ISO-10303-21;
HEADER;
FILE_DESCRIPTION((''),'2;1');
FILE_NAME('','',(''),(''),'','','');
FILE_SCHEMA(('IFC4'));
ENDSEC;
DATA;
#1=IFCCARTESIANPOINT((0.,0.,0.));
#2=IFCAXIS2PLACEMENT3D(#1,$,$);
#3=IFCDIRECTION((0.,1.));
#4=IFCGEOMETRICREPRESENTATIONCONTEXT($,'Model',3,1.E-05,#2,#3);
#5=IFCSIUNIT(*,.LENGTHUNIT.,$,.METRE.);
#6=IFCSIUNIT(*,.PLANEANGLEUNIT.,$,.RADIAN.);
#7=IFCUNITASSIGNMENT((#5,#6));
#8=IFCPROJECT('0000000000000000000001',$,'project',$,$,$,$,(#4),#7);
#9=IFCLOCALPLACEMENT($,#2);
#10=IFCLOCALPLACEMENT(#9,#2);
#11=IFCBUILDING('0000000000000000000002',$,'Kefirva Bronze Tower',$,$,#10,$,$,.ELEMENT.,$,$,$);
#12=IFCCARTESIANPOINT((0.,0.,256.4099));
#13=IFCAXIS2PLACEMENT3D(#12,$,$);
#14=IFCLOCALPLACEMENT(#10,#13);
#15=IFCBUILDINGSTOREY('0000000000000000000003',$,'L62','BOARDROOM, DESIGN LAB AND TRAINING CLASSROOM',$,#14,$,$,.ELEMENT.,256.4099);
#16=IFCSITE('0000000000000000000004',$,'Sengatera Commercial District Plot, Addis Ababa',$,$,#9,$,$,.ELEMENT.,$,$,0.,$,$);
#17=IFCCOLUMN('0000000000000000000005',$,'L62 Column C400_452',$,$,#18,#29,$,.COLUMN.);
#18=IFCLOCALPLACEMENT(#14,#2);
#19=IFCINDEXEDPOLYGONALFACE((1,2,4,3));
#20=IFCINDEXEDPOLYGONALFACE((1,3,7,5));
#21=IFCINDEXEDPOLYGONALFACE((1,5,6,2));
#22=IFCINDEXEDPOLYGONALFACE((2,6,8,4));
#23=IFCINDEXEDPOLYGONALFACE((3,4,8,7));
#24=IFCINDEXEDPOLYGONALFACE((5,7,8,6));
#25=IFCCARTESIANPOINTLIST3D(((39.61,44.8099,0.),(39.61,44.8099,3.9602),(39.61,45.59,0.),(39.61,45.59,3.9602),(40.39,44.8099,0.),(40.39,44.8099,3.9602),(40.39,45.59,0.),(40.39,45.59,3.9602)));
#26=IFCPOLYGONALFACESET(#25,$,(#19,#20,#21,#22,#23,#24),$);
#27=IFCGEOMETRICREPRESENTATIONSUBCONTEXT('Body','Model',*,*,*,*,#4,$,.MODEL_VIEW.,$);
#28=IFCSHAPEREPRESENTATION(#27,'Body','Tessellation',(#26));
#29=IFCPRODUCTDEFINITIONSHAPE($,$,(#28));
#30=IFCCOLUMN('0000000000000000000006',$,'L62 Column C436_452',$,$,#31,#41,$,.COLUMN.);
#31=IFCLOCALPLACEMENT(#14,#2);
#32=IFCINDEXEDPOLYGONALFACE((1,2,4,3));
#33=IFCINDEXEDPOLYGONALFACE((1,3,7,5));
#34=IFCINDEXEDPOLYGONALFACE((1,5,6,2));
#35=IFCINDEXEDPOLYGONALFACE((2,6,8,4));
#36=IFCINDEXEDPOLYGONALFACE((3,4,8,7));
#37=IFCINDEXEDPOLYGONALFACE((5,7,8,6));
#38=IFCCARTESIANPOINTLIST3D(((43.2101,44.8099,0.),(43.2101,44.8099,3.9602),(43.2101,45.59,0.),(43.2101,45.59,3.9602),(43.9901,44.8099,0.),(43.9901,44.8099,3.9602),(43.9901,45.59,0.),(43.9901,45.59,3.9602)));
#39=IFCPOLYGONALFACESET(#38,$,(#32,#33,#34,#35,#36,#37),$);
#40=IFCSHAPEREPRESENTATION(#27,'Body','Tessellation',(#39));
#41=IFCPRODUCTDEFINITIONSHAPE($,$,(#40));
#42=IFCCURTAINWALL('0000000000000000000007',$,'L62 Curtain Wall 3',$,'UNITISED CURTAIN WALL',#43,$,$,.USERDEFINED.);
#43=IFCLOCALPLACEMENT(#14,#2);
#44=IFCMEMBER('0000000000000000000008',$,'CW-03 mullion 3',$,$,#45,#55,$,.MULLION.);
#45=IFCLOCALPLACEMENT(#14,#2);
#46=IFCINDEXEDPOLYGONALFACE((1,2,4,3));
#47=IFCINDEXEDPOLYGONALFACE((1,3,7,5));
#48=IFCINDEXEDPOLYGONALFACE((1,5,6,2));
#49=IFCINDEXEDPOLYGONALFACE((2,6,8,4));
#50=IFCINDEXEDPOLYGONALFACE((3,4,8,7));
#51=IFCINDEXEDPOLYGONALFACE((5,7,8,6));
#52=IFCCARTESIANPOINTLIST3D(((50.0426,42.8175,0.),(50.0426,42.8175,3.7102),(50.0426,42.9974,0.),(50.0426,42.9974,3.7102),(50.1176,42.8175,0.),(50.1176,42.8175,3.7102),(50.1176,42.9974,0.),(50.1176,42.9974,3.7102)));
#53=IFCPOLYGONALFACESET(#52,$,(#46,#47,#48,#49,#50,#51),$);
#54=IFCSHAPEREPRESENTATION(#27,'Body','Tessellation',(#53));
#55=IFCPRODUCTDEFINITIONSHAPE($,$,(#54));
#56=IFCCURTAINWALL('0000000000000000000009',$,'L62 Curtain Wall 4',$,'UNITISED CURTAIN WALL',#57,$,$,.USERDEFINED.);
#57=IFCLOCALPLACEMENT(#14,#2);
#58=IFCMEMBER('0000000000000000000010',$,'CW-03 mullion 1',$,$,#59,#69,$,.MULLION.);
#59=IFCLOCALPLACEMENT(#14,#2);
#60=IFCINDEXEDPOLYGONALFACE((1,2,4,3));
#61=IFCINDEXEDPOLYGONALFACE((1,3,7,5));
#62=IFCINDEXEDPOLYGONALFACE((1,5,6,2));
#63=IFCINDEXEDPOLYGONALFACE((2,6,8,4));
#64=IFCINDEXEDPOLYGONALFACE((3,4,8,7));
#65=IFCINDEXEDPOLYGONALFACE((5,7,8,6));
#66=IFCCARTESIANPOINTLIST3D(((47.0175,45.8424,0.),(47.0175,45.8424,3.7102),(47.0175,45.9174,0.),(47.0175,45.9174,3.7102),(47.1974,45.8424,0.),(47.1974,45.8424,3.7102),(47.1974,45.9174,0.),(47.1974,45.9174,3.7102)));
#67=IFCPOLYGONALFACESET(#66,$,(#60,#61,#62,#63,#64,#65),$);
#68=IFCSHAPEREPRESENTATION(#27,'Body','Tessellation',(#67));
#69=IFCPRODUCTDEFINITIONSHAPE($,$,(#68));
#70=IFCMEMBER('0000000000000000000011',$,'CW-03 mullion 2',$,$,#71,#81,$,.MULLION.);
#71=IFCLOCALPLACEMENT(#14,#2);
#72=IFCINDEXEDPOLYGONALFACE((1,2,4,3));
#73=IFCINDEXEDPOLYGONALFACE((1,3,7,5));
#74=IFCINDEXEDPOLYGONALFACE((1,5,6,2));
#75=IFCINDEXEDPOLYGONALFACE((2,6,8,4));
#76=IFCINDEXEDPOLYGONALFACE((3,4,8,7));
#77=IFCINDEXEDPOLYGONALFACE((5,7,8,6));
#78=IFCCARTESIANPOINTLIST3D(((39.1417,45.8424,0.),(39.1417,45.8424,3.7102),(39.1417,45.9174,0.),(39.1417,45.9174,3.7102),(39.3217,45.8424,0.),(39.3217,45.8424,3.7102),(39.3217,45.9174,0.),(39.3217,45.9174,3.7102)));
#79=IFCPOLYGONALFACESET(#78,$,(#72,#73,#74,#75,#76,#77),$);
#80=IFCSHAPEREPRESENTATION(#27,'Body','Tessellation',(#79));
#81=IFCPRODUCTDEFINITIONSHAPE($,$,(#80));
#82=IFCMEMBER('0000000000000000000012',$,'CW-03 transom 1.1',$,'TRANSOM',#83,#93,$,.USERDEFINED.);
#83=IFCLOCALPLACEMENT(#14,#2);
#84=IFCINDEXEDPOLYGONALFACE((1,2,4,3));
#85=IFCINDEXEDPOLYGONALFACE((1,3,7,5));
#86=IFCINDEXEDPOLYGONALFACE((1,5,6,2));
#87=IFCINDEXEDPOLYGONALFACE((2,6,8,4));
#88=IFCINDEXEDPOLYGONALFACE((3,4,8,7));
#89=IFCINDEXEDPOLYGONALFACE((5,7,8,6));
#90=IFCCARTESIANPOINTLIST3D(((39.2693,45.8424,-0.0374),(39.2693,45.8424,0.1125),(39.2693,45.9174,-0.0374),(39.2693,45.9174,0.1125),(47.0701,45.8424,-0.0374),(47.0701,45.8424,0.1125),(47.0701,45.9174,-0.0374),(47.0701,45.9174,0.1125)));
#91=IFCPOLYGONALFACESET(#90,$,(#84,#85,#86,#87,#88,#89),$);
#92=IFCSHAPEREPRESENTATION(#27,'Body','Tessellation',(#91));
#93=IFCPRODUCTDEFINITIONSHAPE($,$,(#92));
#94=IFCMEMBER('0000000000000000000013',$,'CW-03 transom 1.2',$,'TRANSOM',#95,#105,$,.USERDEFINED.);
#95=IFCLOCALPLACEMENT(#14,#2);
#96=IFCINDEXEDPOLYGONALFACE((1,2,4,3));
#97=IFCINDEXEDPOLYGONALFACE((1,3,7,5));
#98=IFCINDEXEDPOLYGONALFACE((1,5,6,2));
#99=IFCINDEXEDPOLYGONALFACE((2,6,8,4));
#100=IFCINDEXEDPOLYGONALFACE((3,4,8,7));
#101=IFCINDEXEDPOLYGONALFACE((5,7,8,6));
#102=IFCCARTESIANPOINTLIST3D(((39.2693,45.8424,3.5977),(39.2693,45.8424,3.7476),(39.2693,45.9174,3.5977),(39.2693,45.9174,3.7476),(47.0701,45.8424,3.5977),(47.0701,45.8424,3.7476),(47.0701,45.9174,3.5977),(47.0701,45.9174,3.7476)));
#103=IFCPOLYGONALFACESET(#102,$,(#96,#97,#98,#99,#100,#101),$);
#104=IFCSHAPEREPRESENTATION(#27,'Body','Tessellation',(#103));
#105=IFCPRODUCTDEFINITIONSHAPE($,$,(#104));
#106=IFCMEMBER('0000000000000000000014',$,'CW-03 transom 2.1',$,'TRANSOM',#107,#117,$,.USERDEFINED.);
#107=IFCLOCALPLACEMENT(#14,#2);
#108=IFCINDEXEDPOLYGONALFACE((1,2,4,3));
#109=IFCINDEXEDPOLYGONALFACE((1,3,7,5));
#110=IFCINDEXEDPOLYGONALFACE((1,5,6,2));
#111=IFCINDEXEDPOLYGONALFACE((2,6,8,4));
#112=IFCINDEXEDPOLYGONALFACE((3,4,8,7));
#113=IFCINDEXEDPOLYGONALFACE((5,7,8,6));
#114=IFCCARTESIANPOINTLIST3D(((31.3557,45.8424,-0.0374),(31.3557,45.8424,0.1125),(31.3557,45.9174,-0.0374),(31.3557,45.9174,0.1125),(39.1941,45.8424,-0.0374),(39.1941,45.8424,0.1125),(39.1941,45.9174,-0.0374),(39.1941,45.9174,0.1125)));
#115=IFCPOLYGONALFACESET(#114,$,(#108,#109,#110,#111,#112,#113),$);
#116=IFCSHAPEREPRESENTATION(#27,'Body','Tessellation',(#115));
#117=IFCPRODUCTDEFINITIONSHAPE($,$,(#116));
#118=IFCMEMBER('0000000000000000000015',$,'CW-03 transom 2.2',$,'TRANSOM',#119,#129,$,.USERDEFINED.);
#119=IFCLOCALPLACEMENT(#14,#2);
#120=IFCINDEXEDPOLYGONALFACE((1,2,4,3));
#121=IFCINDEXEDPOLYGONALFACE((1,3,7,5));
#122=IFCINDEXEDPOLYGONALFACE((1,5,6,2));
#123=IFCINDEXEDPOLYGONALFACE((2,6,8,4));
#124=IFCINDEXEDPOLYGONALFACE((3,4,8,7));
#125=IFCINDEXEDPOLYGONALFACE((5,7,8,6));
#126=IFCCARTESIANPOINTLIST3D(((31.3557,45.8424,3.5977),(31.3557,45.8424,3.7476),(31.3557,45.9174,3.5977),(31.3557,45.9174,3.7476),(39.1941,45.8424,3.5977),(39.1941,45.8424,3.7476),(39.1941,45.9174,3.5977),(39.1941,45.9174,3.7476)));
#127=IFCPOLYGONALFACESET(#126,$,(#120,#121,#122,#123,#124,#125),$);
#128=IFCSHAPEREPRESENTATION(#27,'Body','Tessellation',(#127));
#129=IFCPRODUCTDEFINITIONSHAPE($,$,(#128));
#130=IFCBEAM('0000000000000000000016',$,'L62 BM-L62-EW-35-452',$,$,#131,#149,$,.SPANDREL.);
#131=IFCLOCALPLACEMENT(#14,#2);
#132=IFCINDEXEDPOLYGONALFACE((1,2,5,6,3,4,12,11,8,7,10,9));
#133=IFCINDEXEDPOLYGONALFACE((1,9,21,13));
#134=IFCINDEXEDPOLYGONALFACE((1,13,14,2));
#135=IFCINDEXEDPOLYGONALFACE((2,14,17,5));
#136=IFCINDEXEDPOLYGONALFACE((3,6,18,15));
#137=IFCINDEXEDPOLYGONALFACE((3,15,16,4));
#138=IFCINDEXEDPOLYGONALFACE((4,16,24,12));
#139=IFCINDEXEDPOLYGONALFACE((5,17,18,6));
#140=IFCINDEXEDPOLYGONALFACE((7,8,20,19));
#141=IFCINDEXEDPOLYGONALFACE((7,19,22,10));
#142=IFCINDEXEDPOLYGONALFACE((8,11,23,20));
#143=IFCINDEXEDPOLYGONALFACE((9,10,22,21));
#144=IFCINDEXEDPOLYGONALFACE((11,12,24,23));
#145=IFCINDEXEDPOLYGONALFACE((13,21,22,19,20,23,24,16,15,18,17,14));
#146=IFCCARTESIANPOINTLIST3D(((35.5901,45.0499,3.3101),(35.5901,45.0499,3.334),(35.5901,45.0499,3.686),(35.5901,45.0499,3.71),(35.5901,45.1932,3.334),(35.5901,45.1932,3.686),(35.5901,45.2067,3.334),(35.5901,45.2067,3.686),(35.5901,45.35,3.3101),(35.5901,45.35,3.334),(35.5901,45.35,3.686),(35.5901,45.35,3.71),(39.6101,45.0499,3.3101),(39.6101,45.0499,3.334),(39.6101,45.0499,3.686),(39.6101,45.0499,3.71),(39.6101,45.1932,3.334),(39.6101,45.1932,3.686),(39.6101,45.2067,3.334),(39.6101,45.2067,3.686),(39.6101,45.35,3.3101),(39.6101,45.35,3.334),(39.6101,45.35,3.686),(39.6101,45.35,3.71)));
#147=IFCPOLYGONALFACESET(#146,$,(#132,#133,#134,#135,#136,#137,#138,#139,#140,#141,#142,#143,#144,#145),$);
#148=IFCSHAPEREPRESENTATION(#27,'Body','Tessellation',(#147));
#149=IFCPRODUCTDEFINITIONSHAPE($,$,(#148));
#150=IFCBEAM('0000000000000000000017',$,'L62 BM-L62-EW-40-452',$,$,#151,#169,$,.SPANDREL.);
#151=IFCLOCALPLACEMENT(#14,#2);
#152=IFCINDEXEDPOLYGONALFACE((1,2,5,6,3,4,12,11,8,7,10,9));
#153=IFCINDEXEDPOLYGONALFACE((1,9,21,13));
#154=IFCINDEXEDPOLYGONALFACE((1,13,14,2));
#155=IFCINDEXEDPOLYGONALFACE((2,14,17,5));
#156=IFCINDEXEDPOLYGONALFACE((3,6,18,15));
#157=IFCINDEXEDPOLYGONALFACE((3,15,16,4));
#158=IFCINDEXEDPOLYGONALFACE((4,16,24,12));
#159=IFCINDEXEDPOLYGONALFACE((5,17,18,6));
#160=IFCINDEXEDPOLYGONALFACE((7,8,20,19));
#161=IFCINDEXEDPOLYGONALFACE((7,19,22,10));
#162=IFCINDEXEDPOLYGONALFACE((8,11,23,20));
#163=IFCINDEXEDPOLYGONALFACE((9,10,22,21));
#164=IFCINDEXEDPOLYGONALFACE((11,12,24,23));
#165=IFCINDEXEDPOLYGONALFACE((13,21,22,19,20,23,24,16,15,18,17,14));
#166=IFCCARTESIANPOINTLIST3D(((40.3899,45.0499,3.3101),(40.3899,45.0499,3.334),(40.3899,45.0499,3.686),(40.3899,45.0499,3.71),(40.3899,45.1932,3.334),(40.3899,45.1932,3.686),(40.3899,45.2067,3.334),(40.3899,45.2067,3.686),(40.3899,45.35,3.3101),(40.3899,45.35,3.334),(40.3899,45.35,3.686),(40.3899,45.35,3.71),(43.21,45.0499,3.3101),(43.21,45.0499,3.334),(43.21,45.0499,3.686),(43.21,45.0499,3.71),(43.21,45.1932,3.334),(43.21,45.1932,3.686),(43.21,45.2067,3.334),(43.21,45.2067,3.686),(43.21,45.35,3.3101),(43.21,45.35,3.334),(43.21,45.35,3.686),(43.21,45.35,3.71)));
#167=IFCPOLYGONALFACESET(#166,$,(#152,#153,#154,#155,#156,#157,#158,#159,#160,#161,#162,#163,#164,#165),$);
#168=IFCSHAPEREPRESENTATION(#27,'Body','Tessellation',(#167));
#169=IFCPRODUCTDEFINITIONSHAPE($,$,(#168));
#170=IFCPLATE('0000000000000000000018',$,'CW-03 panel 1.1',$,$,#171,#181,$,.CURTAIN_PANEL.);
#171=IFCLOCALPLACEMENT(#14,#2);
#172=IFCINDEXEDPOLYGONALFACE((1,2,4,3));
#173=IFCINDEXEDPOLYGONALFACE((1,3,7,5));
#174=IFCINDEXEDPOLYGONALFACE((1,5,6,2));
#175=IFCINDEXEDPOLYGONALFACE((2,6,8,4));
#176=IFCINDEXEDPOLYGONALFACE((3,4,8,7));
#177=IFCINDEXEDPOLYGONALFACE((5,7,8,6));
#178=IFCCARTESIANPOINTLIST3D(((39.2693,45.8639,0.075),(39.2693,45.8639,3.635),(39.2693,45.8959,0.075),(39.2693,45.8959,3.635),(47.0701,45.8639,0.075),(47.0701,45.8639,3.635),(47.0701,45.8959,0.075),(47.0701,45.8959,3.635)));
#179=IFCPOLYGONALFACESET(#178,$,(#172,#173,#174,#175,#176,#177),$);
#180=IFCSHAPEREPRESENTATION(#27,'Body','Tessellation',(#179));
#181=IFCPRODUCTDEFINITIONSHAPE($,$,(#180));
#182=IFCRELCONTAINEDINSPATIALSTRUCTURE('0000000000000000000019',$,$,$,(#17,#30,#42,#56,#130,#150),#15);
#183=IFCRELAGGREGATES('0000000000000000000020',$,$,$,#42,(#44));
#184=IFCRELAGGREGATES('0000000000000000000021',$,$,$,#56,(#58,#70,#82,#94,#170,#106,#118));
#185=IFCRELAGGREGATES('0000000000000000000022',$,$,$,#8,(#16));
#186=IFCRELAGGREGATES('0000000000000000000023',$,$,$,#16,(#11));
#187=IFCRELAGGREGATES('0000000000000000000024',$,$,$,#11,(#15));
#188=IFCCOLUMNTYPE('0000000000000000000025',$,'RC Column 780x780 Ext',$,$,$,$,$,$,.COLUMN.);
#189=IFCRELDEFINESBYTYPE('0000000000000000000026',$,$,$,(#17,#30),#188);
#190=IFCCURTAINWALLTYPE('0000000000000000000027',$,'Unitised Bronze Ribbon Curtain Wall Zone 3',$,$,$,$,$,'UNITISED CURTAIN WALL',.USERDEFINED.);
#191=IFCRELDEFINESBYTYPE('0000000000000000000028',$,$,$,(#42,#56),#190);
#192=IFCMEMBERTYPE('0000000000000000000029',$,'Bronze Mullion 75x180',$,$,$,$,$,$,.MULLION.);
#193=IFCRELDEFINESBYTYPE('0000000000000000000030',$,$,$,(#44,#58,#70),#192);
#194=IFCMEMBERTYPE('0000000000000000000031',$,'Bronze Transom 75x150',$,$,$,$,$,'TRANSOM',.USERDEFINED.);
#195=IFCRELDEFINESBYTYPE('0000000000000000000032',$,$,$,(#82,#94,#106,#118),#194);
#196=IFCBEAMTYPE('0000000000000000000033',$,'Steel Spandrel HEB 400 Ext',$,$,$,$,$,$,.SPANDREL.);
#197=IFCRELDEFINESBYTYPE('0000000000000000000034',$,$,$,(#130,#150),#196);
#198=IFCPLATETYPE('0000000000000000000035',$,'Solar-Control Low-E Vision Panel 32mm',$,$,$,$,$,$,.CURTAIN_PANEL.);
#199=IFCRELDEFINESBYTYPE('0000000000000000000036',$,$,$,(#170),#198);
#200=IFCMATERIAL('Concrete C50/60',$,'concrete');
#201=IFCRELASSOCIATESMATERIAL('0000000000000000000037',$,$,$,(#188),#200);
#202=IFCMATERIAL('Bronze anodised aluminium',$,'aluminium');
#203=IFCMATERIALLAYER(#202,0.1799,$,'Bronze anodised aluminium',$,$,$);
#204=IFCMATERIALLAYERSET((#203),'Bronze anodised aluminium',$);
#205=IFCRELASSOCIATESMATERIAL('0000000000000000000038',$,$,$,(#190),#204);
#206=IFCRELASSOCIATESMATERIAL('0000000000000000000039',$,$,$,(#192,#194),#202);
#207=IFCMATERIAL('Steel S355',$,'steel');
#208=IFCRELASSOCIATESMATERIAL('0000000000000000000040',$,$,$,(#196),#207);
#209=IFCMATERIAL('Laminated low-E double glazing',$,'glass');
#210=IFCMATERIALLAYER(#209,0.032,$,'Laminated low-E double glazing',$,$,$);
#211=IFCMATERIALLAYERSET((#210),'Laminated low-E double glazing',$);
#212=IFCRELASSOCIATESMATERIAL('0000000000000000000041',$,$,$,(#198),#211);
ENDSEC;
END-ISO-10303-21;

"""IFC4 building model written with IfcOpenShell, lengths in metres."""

from ifc_helpers import new_model, si_unit, direction, frame, origin, origin_2d, place, context, subcontext, project, spatial, rectangle, i_section, extrude, material, layer, layer_set, material_profile, profile_set, type_object, element, aggregate, save


model = new_model("IFC4")

# Units and contexts
model_context = context("Model", 3, precision=1e-05, world=origin(), true_north=direction((0.0, 1.0)))
body_context = subcontext(model_context, "Body", "Model", "MODEL_VIEW")
ifc_project = project(units=[si_unit("LENGTHUNIT", "METRE"), si_unit("PLANEANGLEUNIT", "RADIAN")], contexts=[model_context])

# Site, building, storey
site_placement = place(None, origin())
site = spatial("IfcSite", under=ifc_project, at=site_placement, Name="Sengatera Commercial District Plot, Addis Ababa", CompositionType="ELEMENT", RefElevation=0.0)
building_placement = place(site_placement, origin())
building = spatial("IfcBuilding", under=site, at=building_placement, Name="Kefirva Bronze Tower", CompositionType="ELEMENT")
storey_placement = place(building_placement, frame((0.0, 0.0, 256.4099)))
storey = spatial("IfcBuildingStorey", under=building, at=storey_placement, Name="L62", Description="BOARDROOM, DESIGN LAB AND TRAINING CLASSROOM", CompositionType="ELEMENT", Elevation=256.4099)

# Columns
ifc_material_1 = material(Name="Concrete C50/60", Category="concrete")
ifc_material_profile_1 = material_profile(ifc_material_1, rectangle(XDim=0.78, YDim=0.78, at=origin_2d()), Name="RC 780x780")
ifc_profile_set_1 = profile_set([ifc_material_profile_1], Name="Concrete C50/60")
column_type = type_object("IfcColumnType", Name="RC Column 780x780 Ext", PredefinedType="COLUMN", material=ifc_profile_set_1)
for number, where, z_axis, x_axis, name in (
    (1, (40.0, 45.2, 0.0), (0.0, 0.0, 1.0), (1.0, 0.0, 0.0), "L62 Column C400_452"),
    (2, (43.6001, 45.2, 0.0), (0.0, 0.0, 1.0), (1.0, 0.0, 0.0), "L62 Column C436_452"),
):
    element("IfcColumn", number, at=place(storey_placement, frame(where, z_axis=z_axis, x_axis=x_axis)), inside=storey, type_object=column_type, Name=name, PredefinedType="COLUMN", context=body_context, shape_type="SweptSolid", body=[
        extrude(rectangle(XDim=0.78, YDim=0.78, at=origin_2d()), origin(), (0.0, 0.0, 1.0), 3.9602),
    ])

# Curtain wall, member
ifc_material_2 = material(Name="Bronze anodised aluminium", Category="aluminium")
ifc_layer_1 = layer(ifc_material_2, 0.1799, Name="Bronze anodised aluminium")
ifc_layer_set_1 = layer_set([ifc_layer_1], Name="Bronze anodised aluminium")
curtain_wall_type = type_object("IfcCurtainWallType", Name="Unitised Bronze Ribbon Curtain Wall Zone 3", ElementType="UNITISED CURTAIN WALL", PredefinedType="USERDEFINED", material=ifc_layer_set_1)
curtain_wall_1_placement = place(storey_placement, origin())
curtain_wall_1 = element("IfcCurtainWall", 3, at=curtain_wall_1_placement, inside=storey, type_object=curtain_wall_type, Name="L62 Curtain Wall 3", ObjectType="UNITISED CURTAIN WALL", PredefinedType="USERDEFINED")
ifc_material_profile_2 = material_profile(ifc_material_2, rectangle(XDim=0.075, YDim=0.1799, at=origin_2d()), Name="ALU 75x180")
ifc_profile_set_2 = profile_set([ifc_material_profile_2], Name="Bronze anodised aluminium")
member_type_1 = type_object("IfcMemberType", Name="Bronze Mullion 75x180", PredefinedType="MULLION", material=ifc_profile_set_2)
member_1_placement = place(storey_placement, frame((50.0801, 42.9075, 0.0), z_axis=(0.0, 0.0, 1.0), x_axis=(-1.0, 0.0, 0.0)))
member_1 = element("IfcMember", 4, at=member_1_placement, type_object=member_type_1, Name="CW-03 mullion 3", PredefinedType="MULLION", context=body_context, shape_type="SweptSolid", body=[
    extrude(rectangle(XDim=0.075, YDim=0.1799, at=origin_2d()), origin(), (0.0, 0.0, 1.0), 3.7102),
])
aggregate(curtain_wall_1, [member_1])

# Curtain wall, members
curtain_wall_2_placement = place(storey_placement, origin())
curtain_wall_2 = element("IfcCurtainWall", 5, at=curtain_wall_2_placement, inside=storey, type_object=curtain_wall_type, Name="L62 Curtain Wall 4", ObjectType="UNITISED CURTAIN WALL", PredefinedType="USERDEFINED")
member_2_placement = place(storey_placement, frame((47.1074, 45.8799, 0.0), z_axis=(0.0, 0.0, 1.0), x_axis=(0.0, -1.0, 0.0)))
member_2 = element("IfcMember", 6, at=member_2_placement, type_object=member_type_1, Name="CW-03 mullion 1", PredefinedType="MULLION", context=body_context, shape_type="SweptSolid", body=[
    extrude(rectangle(XDim=0.075, YDim=0.1799, at=origin_2d()), origin(), (0.0, 0.0, 1.0), 3.7102),
])
member_3_placement = place(storey_placement, frame((39.2317, 45.8799, 0.0), z_axis=(0.0, 0.0, 1.0), x_axis=(0.0, -1.0, 0.0)))
member_3 = element("IfcMember", 7, at=member_3_placement, type_object=member_type_1, Name="CW-03 mullion 2", PredefinedType="MULLION", context=body_context, shape_type="SweptSolid", body=[
    extrude(rectangle(XDim=0.075, YDim=0.1799, at=origin_2d()), origin(), (0.0, 0.0, 1.0), 3.7102),
])
ifc_material_profile_3 = material_profile(ifc_material_2, rectangle(XDim=0.075, YDim=0.1499, at=origin_2d()), Name="ALU 75x150")
ifc_profile_set_3 = profile_set([ifc_material_profile_3], Name="Bronze anodised aluminium")
member_type_2 = type_object("IfcMemberType", Name="Bronze Transom 75x150", ElementType="TRANSOM", PredefinedType="USERDEFINED", material=ifc_profile_set_3)
member_4_placement = place(storey_placement, frame((47.0701, 45.8799, 0.0376), z_axis=(-1.0, 0.0, 0.0), x_axis=(0.0, -1.0, 0.0)))
member_4 = element("IfcMember", 8, at=member_4_placement, type_object=member_type_2, Name="CW-03 transom 1.1", ObjectType="TRANSOM", PredefinedType="USERDEFINED", context=body_context, shape_type="SweptSolid", body=[
    extrude(rectangle(XDim=0.075, YDim=0.1499, at=origin_2d()), origin(), (0.0, 0.0, 1.0), 7.8008),
])
member_5_placement = place(storey_placement, frame((47.0701, 45.8799, 3.6726), z_axis=(-1.0, 0.0, 0.0), x_axis=(0.0, -1.0, 0.0)))
member_5 = element("IfcMember", 9, at=member_5_placement, type_object=member_type_2, Name="CW-03 transom 1.2", ObjectType="TRANSOM", PredefinedType="USERDEFINED", context=body_context, shape_type="SweptSolid", body=[
    extrude(rectangle(XDim=0.075, YDim=0.1499, at=origin_2d()), origin(), (0.0, 0.0, 1.0), 7.8008),
])
member_6_placement = place(storey_placement, frame((39.1941, 45.8799, 0.0376), z_axis=(-1.0, 0.0, 0.0), x_axis=(0.0, -1.0, 0.0)))
member_6 = element("IfcMember", 10, at=member_6_placement, type_object=member_type_2, Name="CW-03 transom 2.1", ObjectType="TRANSOM", PredefinedType="USERDEFINED", context=body_context, shape_type="SweptSolid", body=[
    extrude(rectangle(XDim=0.075, YDim=0.1499, at=origin_2d()), origin(), (0.0, 0.0, 1.0), 7.8384),
])
member_7_placement = place(storey_placement, frame((39.1941, 45.8799, 3.6726), z_axis=(-1.0, 0.0, 0.0), x_axis=(0.0, -1.0, 0.0)))
member_7 = element("IfcMember", 11, at=member_7_placement, type_object=member_type_2, Name="CW-03 transom 2.2", ObjectType="TRANSOM", PredefinedType="USERDEFINED", context=body_context, shape_type="SweptSolid", body=[
    extrude(rectangle(XDim=0.075, YDim=0.1499, at=origin_2d()), origin(), (0.0, 0.0, 1.0), 7.8384),
])

# Beams
ifc_material_3 = material(Name="Steel S355", Category="steel")
ifc_material_profile_4 = material_profile(ifc_material_3, i_section(OverallWidth=0.3, OverallDepth=0.3999, WebThickness=0.0134, FlangeThickness=0.0239, at=origin_2d()), Name="HEB 400")
ifc_profile_set_4 = profile_set([ifc_material_profile_4], Name="Steel S355")
beam_type = type_object("IfcBeamType", Name="Steel Spandrel HEB 400 Ext", PredefinedType="SPANDREL", material=ifc_profile_set_4)
beam_1_placement = place(storey_placement, frame((35.5901, 45.2, 3.51), z_axis=(1.0, 0.0, 0.0), x_axis=(0.0, 1.0, 0.0)))
element("IfcBeam", 12, at=beam_1_placement, inside=storey, type_object=beam_type, Name="L62 BM-L62-EW-35-452", PredefinedType="SPANDREL", context=body_context, shape_type="SweptSolid", body=[
    extrude(i_section(OverallWidth=0.3, OverallDepth=0.3999, WebThickness=0.0134, FlangeThickness=0.0239, at=origin_2d()), origin(), (0.0, 0.0, 1.0), 4.02),
])
beam_2_placement = place(storey_placement, frame((40.3899, 45.2, 3.51), z_axis=(1.0, 0.0, 0.0), x_axis=(0.0, 1.0, 0.0)))
element("IfcBeam", 13, at=beam_2_placement, inside=storey, type_object=beam_type, Name="L62 BM-L62-EW-40-452", PredefinedType="SPANDREL", context=body_context, shape_type="SweptSolid", body=[
    extrude(i_section(OverallWidth=0.3, OverallDepth=0.3999, WebThickness=0.0134, FlangeThickness=0.0239, at=origin_2d()), origin(), (0.0, 0.0, 1.0), 2.8201),
])

# Plate
ifc_material_4 = material(Name="Laminated low-E double glazing", Category="glass")
ifc_layer_2 = layer(ifc_material_4, 0.032, Name="Laminated low-E double glazing")
ifc_layer_set_2 = layer_set([ifc_layer_2], Name="Laminated low-E double glazing")
plate_type = type_object("IfcPlateType", Name="Solar-Control Low-E Vision Panel 32mm", PredefinedType="CURTAIN_PANEL", material=ifc_layer_set_2)
plate_placement = place(storey_placement, frame((43.1697, 45.8799, 0.075), z_axis=(0.0, 0.0, 1.0), x_axis=(-1.0, 0.0, 0.0)))
plate = element("IfcPlate", 14, at=plate_placement, type_object=plate_type, Name="CW-03 panel 1.1", PredefinedType="CURTAIN_PANEL", context=body_context, shape_type="SweptSolid", body=[
    extrude(rectangle(XDim=7.8008, YDim=0.032, at=origin_2d()), origin(), (0.0, 0.0, 1.0), 3.5601),
])
aggregate(curtain_wall_2, [member_2, member_3, member_4, member_5, plate, member_6, member_7])

save(model, "model.ifc")
